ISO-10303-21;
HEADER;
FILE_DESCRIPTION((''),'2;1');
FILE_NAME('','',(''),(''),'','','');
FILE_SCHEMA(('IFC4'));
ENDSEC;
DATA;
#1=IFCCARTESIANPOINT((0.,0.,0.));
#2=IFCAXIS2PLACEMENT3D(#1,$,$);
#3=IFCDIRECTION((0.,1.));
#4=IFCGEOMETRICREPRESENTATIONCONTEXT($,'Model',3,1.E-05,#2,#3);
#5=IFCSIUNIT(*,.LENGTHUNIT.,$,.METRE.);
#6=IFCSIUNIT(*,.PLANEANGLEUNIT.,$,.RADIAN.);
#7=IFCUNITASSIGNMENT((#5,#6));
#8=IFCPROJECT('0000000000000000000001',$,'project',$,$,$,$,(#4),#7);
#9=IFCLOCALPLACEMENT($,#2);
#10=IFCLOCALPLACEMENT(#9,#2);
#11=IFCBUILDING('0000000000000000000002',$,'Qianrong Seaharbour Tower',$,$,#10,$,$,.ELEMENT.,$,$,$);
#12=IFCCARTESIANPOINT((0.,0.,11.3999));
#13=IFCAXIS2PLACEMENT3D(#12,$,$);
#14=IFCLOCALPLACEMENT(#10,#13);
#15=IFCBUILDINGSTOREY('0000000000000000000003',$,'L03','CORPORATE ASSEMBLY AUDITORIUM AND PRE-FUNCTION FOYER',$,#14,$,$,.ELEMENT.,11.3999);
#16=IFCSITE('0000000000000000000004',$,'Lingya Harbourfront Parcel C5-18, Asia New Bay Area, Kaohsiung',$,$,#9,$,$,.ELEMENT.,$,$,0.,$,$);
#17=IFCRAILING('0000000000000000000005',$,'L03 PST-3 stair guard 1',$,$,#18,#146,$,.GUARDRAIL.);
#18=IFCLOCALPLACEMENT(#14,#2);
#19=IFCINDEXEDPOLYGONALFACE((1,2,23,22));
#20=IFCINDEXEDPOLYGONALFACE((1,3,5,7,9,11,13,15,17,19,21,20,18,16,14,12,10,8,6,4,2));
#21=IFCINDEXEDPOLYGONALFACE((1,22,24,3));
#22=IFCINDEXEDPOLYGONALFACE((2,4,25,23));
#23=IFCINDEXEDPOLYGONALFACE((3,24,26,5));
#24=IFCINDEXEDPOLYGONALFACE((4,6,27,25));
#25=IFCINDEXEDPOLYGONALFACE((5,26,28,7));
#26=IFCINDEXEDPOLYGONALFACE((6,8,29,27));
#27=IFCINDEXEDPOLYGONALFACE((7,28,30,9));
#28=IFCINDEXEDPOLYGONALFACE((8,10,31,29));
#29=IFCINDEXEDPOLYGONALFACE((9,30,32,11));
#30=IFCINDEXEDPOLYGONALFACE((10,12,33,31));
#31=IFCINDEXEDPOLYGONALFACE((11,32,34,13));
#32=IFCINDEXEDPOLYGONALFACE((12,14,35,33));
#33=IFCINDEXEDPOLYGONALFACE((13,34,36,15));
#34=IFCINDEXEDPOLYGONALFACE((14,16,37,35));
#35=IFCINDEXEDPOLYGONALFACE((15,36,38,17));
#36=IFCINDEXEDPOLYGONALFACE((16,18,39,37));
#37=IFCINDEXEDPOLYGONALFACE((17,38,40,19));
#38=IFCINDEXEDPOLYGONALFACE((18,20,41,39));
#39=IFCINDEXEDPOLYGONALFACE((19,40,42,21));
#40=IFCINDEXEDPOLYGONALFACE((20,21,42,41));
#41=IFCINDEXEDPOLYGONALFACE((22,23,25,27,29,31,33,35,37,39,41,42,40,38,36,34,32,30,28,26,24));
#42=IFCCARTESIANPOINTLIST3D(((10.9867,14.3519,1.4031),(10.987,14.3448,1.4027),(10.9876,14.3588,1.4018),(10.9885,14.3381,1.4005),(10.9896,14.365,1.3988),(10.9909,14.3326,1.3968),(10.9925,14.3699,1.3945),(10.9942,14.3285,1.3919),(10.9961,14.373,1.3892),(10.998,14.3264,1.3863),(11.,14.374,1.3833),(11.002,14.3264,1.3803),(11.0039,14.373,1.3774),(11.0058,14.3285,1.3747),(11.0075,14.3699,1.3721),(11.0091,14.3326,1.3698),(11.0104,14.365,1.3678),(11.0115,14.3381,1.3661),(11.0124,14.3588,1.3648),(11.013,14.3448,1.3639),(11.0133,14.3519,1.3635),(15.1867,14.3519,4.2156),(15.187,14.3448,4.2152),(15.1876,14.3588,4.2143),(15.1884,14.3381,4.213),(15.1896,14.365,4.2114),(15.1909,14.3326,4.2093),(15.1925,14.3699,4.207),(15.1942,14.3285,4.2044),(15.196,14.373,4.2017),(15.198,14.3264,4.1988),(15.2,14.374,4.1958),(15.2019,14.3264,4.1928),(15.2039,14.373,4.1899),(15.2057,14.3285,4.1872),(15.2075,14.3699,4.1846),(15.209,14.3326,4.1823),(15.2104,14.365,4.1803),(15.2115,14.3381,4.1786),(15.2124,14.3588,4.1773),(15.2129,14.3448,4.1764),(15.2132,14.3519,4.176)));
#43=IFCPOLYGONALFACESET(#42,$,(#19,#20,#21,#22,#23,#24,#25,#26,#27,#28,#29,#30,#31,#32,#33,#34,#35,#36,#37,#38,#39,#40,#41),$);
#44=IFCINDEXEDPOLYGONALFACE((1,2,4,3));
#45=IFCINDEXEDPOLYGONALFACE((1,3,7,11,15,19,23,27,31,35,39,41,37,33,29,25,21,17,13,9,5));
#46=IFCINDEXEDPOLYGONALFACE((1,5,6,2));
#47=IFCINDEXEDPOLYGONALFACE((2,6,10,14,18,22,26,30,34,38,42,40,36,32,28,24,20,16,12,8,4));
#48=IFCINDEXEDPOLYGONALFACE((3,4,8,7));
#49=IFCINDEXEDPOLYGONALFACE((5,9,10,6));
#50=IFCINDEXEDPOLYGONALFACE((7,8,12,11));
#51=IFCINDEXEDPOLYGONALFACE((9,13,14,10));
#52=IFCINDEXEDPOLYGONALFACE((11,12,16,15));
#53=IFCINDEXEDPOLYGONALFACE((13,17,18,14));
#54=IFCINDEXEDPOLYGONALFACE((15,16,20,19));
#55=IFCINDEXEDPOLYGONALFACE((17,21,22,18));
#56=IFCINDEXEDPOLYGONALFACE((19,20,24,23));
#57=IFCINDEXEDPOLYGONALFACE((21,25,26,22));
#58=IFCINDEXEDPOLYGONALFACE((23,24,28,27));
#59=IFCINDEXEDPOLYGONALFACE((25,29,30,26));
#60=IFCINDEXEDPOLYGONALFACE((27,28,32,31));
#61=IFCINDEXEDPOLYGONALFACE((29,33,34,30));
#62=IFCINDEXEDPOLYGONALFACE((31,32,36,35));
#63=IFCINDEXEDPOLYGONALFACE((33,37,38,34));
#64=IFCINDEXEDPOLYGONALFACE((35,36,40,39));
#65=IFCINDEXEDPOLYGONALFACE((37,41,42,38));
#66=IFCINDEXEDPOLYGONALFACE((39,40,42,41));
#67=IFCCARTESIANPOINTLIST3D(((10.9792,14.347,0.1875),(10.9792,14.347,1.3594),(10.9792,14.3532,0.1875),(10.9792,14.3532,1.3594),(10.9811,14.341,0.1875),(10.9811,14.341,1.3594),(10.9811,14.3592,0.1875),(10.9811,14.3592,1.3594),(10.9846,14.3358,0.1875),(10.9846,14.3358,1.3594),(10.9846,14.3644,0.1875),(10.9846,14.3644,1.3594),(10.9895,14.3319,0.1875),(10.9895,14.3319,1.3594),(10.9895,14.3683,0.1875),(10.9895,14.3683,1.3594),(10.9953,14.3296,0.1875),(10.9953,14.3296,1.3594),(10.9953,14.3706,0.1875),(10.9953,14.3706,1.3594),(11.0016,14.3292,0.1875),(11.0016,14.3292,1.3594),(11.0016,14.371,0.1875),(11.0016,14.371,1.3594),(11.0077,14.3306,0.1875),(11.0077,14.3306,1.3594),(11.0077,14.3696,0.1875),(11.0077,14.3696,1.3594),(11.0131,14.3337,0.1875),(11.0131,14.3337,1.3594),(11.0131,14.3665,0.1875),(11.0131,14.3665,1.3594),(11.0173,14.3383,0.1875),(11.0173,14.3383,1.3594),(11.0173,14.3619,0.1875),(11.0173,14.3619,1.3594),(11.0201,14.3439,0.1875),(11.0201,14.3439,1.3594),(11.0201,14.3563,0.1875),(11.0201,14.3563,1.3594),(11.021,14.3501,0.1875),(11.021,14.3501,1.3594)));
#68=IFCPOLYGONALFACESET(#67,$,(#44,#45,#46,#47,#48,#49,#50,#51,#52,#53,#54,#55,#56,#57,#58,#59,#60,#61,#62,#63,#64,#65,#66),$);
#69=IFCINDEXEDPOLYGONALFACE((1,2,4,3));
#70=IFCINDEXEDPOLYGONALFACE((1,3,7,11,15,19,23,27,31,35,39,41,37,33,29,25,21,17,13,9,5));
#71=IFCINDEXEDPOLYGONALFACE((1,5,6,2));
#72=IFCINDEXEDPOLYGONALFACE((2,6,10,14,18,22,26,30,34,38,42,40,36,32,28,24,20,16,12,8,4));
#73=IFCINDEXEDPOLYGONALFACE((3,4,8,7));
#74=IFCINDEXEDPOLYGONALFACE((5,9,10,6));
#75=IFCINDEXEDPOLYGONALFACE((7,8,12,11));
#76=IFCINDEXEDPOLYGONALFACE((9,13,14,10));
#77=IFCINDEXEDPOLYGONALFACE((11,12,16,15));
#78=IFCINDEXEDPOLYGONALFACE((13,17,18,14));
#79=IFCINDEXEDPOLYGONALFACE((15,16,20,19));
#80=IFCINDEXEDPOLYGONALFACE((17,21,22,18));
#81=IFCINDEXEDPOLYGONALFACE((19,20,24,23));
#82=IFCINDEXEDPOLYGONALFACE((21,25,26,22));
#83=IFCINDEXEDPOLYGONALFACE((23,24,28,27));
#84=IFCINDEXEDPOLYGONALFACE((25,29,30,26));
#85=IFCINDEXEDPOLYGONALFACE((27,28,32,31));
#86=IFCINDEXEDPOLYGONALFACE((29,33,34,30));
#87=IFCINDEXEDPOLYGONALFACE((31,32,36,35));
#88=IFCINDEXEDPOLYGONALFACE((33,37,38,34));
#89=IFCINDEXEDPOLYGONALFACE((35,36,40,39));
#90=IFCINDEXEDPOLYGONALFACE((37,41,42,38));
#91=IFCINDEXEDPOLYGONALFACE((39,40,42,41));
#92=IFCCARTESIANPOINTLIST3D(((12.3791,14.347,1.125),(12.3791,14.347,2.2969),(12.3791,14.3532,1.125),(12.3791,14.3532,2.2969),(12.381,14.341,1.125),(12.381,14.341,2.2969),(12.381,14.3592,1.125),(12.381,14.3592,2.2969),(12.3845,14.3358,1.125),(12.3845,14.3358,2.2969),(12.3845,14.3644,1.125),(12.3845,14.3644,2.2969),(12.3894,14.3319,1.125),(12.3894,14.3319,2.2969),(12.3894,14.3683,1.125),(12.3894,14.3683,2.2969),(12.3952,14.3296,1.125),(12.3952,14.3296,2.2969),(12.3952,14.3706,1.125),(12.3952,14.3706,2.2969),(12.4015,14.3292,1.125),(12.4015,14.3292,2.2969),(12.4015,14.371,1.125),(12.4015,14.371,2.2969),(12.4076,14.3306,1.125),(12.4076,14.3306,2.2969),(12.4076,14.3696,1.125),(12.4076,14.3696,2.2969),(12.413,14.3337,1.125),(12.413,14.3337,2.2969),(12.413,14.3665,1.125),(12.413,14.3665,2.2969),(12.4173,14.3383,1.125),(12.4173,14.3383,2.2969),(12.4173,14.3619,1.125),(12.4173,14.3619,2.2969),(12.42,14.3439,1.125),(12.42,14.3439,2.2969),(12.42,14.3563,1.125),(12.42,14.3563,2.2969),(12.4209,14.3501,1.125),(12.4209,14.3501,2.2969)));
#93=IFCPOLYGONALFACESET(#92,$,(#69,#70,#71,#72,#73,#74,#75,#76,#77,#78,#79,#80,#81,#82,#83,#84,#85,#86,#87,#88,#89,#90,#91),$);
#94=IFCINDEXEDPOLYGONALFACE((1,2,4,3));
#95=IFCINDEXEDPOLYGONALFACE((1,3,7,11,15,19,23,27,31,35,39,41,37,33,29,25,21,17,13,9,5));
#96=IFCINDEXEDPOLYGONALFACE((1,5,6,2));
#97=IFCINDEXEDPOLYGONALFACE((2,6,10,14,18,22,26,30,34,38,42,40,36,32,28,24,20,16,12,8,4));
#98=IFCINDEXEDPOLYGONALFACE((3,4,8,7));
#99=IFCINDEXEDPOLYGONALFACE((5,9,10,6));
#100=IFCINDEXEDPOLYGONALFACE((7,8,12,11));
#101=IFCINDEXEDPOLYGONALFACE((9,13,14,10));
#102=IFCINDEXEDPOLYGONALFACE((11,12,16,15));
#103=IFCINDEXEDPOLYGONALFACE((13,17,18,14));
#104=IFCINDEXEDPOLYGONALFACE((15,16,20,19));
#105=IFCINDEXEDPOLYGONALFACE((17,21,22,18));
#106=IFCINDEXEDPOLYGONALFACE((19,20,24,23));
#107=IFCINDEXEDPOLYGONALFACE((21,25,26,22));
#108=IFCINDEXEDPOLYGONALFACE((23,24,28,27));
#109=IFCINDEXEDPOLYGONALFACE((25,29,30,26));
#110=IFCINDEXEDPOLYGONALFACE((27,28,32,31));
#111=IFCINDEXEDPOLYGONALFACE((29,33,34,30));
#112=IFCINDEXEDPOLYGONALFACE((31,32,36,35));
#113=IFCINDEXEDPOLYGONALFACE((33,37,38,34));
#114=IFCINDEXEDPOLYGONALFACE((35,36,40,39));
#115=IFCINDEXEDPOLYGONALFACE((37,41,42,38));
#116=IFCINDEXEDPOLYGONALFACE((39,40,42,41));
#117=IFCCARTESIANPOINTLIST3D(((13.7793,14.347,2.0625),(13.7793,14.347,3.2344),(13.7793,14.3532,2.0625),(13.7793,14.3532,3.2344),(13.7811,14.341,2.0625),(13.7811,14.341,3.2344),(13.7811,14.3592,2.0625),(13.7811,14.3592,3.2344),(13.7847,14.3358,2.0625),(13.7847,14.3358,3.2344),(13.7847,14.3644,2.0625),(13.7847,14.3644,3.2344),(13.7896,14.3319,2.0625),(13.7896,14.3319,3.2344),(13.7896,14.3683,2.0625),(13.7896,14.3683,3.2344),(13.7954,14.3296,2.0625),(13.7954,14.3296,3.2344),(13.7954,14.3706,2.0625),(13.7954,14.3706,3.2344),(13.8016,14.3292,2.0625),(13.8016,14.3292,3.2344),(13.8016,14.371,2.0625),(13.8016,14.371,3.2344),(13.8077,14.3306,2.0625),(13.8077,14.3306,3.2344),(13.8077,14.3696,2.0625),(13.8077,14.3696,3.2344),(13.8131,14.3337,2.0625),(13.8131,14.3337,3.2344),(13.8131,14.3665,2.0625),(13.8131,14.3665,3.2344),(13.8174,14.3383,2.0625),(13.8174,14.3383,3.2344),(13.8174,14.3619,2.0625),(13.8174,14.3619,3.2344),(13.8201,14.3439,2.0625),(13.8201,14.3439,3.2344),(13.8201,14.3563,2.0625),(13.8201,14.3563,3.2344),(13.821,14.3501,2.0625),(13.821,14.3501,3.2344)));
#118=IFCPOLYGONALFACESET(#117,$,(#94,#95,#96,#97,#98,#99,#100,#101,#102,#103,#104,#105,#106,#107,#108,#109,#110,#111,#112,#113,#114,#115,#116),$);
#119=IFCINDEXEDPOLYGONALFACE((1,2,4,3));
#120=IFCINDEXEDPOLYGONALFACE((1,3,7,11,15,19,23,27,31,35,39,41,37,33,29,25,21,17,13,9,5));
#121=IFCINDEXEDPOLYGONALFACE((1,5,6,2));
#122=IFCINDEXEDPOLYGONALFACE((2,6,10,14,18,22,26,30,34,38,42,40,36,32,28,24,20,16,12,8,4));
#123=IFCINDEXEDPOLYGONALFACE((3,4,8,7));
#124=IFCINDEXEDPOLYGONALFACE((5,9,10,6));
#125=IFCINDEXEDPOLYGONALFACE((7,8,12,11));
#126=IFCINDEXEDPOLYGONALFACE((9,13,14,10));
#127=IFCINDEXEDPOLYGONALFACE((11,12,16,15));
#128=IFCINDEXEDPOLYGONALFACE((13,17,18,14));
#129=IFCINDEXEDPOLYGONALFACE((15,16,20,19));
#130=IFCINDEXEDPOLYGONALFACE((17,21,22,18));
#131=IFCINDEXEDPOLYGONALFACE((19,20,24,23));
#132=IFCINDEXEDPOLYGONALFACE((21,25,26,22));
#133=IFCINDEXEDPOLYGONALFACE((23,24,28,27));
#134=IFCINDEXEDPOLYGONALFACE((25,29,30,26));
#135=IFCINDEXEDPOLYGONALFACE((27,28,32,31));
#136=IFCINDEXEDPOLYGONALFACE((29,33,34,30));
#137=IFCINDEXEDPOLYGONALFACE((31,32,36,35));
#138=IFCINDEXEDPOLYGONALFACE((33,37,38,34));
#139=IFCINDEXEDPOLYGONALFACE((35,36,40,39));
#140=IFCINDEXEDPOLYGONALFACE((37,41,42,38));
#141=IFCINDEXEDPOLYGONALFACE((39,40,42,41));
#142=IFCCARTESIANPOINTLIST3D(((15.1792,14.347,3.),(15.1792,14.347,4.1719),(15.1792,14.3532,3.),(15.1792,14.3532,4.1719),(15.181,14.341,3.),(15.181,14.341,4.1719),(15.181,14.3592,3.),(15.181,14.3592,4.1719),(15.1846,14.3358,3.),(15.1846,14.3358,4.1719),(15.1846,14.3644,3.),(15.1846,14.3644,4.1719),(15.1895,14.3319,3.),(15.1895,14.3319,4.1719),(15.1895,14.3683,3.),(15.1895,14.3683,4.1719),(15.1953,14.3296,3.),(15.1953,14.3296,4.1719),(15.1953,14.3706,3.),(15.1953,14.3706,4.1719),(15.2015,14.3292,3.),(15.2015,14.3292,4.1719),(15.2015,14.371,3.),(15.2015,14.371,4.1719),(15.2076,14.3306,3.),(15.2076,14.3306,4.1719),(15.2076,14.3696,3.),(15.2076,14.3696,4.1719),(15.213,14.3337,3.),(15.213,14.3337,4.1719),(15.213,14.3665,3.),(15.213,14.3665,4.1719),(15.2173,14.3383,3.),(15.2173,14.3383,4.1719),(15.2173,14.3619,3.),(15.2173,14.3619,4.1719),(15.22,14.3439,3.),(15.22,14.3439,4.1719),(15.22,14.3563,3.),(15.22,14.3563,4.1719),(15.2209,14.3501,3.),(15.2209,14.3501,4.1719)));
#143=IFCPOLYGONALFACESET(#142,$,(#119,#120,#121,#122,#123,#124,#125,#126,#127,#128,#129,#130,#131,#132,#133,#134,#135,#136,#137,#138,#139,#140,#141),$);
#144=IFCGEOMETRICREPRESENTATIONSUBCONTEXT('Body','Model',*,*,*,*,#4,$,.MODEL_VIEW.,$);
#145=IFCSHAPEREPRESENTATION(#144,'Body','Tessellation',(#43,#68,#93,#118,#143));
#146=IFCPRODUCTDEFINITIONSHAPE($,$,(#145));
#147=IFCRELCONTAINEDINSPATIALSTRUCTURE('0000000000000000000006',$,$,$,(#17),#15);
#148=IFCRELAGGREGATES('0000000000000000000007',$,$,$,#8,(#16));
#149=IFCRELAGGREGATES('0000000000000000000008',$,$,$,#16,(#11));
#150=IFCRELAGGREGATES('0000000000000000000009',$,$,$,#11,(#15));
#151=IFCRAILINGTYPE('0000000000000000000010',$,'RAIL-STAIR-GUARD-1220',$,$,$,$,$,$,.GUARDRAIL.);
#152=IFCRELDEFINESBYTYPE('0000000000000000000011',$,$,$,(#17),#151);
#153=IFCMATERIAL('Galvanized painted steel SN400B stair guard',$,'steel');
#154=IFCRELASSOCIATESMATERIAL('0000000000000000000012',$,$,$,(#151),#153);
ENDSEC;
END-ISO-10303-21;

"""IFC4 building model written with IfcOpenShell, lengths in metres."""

from ifc_helpers import new_model, si_unit, direction, frame, origin, origin_2d, place, context, subcontext, project, spatial, circle, extrude, material, type_object, element, save


model = new_model("IFC4")

# Units and contexts
model_context = context("Model", 3, precision=1e-05, world=origin(), true_north=direction((0.0, 1.0)))
body_context = subcontext(model_context, "Body", "Model", "MODEL_VIEW")
ifc_project = project(units=[si_unit("LENGTHUNIT", "METRE"), si_unit("PLANEANGLEUNIT", "RADIAN")], contexts=[model_context])

# Site, building, storey
site_placement = place(None, origin())
site = spatial("IfcSite", under=ifc_project, at=site_placement, Name="Lingya Harbourfront Parcel C5-18, Asia New Bay Area, Kaohsiung", CompositionType="ELEMENT", RefElevation=0.0)
building_placement = place(site_placement, origin())
building = spatial("IfcBuilding", under=site, at=building_placement, Name="Qianrong Seaharbour Tower", CompositionType="ELEMENT")
storey_placement = place(building_placement, frame((0.0, 0.0, 11.3999)))
storey = spatial("IfcBuildingStorey", under=building, at=storey_placement, Name="L03", Description="CORPORATE ASSEMBLY AUDITORIUM AND PRE-FUNCTION FOYER", CompositionType="ELEMENT", Elevation=11.3999)

# Railing
ifc_material_1 = material(Name="Galvanized painted steel SN400B stair guard", Category="steel")
railing_type_1 = type_object("IfcRailingType", Name="RAIL-STAIR-GUARD-1220", PredefinedType="GUARDRAIL", material=ifc_material_1)
railing_1_placement = place(storey_placement, frame((11.0, 14.3501, 0.1875)))
element("IfcRailing", 1, at=railing_1_placement, inside=storey, type_object=railing_type_1, Name="L03 PST-3 stair guard 1", PredefinedType="GUARDRAIL", context=body_context, shape_type="SweptSolid", body=[
    extrude(circle(Radius=0.0239, at=origin_2d()), frame((0.0, 0.0, 1.1958), z_axis=(0.830904, 0.0, 0.556416), x_axis=(0.0, 1.0, 0.0)), (0.0, 0.0, 1.0), 5.0547),
    extrude(circle(Radius=0.021, at=origin_2d()), origin(), (0.0, 0.0, 1.0), 1.1719),
    extrude(circle(Radius=0.021, at=origin_2d()), frame((1.3999, 0.0, 0.9375)), (0.0, 0.0, 1.0), 1.1719),
    extrude(circle(Radius=0.021, at=origin_2d()), frame((2.8, 0.0, 1.875)), (0.0, 0.0, 1.0), 1.1719),
    extrude(circle(Radius=0.021, at=origin_2d()), frame((4.2, 0.0, 2.8125)), (0.0, 0.0, 1.0), 1.1719),
])

save(model, "model.ifc")
